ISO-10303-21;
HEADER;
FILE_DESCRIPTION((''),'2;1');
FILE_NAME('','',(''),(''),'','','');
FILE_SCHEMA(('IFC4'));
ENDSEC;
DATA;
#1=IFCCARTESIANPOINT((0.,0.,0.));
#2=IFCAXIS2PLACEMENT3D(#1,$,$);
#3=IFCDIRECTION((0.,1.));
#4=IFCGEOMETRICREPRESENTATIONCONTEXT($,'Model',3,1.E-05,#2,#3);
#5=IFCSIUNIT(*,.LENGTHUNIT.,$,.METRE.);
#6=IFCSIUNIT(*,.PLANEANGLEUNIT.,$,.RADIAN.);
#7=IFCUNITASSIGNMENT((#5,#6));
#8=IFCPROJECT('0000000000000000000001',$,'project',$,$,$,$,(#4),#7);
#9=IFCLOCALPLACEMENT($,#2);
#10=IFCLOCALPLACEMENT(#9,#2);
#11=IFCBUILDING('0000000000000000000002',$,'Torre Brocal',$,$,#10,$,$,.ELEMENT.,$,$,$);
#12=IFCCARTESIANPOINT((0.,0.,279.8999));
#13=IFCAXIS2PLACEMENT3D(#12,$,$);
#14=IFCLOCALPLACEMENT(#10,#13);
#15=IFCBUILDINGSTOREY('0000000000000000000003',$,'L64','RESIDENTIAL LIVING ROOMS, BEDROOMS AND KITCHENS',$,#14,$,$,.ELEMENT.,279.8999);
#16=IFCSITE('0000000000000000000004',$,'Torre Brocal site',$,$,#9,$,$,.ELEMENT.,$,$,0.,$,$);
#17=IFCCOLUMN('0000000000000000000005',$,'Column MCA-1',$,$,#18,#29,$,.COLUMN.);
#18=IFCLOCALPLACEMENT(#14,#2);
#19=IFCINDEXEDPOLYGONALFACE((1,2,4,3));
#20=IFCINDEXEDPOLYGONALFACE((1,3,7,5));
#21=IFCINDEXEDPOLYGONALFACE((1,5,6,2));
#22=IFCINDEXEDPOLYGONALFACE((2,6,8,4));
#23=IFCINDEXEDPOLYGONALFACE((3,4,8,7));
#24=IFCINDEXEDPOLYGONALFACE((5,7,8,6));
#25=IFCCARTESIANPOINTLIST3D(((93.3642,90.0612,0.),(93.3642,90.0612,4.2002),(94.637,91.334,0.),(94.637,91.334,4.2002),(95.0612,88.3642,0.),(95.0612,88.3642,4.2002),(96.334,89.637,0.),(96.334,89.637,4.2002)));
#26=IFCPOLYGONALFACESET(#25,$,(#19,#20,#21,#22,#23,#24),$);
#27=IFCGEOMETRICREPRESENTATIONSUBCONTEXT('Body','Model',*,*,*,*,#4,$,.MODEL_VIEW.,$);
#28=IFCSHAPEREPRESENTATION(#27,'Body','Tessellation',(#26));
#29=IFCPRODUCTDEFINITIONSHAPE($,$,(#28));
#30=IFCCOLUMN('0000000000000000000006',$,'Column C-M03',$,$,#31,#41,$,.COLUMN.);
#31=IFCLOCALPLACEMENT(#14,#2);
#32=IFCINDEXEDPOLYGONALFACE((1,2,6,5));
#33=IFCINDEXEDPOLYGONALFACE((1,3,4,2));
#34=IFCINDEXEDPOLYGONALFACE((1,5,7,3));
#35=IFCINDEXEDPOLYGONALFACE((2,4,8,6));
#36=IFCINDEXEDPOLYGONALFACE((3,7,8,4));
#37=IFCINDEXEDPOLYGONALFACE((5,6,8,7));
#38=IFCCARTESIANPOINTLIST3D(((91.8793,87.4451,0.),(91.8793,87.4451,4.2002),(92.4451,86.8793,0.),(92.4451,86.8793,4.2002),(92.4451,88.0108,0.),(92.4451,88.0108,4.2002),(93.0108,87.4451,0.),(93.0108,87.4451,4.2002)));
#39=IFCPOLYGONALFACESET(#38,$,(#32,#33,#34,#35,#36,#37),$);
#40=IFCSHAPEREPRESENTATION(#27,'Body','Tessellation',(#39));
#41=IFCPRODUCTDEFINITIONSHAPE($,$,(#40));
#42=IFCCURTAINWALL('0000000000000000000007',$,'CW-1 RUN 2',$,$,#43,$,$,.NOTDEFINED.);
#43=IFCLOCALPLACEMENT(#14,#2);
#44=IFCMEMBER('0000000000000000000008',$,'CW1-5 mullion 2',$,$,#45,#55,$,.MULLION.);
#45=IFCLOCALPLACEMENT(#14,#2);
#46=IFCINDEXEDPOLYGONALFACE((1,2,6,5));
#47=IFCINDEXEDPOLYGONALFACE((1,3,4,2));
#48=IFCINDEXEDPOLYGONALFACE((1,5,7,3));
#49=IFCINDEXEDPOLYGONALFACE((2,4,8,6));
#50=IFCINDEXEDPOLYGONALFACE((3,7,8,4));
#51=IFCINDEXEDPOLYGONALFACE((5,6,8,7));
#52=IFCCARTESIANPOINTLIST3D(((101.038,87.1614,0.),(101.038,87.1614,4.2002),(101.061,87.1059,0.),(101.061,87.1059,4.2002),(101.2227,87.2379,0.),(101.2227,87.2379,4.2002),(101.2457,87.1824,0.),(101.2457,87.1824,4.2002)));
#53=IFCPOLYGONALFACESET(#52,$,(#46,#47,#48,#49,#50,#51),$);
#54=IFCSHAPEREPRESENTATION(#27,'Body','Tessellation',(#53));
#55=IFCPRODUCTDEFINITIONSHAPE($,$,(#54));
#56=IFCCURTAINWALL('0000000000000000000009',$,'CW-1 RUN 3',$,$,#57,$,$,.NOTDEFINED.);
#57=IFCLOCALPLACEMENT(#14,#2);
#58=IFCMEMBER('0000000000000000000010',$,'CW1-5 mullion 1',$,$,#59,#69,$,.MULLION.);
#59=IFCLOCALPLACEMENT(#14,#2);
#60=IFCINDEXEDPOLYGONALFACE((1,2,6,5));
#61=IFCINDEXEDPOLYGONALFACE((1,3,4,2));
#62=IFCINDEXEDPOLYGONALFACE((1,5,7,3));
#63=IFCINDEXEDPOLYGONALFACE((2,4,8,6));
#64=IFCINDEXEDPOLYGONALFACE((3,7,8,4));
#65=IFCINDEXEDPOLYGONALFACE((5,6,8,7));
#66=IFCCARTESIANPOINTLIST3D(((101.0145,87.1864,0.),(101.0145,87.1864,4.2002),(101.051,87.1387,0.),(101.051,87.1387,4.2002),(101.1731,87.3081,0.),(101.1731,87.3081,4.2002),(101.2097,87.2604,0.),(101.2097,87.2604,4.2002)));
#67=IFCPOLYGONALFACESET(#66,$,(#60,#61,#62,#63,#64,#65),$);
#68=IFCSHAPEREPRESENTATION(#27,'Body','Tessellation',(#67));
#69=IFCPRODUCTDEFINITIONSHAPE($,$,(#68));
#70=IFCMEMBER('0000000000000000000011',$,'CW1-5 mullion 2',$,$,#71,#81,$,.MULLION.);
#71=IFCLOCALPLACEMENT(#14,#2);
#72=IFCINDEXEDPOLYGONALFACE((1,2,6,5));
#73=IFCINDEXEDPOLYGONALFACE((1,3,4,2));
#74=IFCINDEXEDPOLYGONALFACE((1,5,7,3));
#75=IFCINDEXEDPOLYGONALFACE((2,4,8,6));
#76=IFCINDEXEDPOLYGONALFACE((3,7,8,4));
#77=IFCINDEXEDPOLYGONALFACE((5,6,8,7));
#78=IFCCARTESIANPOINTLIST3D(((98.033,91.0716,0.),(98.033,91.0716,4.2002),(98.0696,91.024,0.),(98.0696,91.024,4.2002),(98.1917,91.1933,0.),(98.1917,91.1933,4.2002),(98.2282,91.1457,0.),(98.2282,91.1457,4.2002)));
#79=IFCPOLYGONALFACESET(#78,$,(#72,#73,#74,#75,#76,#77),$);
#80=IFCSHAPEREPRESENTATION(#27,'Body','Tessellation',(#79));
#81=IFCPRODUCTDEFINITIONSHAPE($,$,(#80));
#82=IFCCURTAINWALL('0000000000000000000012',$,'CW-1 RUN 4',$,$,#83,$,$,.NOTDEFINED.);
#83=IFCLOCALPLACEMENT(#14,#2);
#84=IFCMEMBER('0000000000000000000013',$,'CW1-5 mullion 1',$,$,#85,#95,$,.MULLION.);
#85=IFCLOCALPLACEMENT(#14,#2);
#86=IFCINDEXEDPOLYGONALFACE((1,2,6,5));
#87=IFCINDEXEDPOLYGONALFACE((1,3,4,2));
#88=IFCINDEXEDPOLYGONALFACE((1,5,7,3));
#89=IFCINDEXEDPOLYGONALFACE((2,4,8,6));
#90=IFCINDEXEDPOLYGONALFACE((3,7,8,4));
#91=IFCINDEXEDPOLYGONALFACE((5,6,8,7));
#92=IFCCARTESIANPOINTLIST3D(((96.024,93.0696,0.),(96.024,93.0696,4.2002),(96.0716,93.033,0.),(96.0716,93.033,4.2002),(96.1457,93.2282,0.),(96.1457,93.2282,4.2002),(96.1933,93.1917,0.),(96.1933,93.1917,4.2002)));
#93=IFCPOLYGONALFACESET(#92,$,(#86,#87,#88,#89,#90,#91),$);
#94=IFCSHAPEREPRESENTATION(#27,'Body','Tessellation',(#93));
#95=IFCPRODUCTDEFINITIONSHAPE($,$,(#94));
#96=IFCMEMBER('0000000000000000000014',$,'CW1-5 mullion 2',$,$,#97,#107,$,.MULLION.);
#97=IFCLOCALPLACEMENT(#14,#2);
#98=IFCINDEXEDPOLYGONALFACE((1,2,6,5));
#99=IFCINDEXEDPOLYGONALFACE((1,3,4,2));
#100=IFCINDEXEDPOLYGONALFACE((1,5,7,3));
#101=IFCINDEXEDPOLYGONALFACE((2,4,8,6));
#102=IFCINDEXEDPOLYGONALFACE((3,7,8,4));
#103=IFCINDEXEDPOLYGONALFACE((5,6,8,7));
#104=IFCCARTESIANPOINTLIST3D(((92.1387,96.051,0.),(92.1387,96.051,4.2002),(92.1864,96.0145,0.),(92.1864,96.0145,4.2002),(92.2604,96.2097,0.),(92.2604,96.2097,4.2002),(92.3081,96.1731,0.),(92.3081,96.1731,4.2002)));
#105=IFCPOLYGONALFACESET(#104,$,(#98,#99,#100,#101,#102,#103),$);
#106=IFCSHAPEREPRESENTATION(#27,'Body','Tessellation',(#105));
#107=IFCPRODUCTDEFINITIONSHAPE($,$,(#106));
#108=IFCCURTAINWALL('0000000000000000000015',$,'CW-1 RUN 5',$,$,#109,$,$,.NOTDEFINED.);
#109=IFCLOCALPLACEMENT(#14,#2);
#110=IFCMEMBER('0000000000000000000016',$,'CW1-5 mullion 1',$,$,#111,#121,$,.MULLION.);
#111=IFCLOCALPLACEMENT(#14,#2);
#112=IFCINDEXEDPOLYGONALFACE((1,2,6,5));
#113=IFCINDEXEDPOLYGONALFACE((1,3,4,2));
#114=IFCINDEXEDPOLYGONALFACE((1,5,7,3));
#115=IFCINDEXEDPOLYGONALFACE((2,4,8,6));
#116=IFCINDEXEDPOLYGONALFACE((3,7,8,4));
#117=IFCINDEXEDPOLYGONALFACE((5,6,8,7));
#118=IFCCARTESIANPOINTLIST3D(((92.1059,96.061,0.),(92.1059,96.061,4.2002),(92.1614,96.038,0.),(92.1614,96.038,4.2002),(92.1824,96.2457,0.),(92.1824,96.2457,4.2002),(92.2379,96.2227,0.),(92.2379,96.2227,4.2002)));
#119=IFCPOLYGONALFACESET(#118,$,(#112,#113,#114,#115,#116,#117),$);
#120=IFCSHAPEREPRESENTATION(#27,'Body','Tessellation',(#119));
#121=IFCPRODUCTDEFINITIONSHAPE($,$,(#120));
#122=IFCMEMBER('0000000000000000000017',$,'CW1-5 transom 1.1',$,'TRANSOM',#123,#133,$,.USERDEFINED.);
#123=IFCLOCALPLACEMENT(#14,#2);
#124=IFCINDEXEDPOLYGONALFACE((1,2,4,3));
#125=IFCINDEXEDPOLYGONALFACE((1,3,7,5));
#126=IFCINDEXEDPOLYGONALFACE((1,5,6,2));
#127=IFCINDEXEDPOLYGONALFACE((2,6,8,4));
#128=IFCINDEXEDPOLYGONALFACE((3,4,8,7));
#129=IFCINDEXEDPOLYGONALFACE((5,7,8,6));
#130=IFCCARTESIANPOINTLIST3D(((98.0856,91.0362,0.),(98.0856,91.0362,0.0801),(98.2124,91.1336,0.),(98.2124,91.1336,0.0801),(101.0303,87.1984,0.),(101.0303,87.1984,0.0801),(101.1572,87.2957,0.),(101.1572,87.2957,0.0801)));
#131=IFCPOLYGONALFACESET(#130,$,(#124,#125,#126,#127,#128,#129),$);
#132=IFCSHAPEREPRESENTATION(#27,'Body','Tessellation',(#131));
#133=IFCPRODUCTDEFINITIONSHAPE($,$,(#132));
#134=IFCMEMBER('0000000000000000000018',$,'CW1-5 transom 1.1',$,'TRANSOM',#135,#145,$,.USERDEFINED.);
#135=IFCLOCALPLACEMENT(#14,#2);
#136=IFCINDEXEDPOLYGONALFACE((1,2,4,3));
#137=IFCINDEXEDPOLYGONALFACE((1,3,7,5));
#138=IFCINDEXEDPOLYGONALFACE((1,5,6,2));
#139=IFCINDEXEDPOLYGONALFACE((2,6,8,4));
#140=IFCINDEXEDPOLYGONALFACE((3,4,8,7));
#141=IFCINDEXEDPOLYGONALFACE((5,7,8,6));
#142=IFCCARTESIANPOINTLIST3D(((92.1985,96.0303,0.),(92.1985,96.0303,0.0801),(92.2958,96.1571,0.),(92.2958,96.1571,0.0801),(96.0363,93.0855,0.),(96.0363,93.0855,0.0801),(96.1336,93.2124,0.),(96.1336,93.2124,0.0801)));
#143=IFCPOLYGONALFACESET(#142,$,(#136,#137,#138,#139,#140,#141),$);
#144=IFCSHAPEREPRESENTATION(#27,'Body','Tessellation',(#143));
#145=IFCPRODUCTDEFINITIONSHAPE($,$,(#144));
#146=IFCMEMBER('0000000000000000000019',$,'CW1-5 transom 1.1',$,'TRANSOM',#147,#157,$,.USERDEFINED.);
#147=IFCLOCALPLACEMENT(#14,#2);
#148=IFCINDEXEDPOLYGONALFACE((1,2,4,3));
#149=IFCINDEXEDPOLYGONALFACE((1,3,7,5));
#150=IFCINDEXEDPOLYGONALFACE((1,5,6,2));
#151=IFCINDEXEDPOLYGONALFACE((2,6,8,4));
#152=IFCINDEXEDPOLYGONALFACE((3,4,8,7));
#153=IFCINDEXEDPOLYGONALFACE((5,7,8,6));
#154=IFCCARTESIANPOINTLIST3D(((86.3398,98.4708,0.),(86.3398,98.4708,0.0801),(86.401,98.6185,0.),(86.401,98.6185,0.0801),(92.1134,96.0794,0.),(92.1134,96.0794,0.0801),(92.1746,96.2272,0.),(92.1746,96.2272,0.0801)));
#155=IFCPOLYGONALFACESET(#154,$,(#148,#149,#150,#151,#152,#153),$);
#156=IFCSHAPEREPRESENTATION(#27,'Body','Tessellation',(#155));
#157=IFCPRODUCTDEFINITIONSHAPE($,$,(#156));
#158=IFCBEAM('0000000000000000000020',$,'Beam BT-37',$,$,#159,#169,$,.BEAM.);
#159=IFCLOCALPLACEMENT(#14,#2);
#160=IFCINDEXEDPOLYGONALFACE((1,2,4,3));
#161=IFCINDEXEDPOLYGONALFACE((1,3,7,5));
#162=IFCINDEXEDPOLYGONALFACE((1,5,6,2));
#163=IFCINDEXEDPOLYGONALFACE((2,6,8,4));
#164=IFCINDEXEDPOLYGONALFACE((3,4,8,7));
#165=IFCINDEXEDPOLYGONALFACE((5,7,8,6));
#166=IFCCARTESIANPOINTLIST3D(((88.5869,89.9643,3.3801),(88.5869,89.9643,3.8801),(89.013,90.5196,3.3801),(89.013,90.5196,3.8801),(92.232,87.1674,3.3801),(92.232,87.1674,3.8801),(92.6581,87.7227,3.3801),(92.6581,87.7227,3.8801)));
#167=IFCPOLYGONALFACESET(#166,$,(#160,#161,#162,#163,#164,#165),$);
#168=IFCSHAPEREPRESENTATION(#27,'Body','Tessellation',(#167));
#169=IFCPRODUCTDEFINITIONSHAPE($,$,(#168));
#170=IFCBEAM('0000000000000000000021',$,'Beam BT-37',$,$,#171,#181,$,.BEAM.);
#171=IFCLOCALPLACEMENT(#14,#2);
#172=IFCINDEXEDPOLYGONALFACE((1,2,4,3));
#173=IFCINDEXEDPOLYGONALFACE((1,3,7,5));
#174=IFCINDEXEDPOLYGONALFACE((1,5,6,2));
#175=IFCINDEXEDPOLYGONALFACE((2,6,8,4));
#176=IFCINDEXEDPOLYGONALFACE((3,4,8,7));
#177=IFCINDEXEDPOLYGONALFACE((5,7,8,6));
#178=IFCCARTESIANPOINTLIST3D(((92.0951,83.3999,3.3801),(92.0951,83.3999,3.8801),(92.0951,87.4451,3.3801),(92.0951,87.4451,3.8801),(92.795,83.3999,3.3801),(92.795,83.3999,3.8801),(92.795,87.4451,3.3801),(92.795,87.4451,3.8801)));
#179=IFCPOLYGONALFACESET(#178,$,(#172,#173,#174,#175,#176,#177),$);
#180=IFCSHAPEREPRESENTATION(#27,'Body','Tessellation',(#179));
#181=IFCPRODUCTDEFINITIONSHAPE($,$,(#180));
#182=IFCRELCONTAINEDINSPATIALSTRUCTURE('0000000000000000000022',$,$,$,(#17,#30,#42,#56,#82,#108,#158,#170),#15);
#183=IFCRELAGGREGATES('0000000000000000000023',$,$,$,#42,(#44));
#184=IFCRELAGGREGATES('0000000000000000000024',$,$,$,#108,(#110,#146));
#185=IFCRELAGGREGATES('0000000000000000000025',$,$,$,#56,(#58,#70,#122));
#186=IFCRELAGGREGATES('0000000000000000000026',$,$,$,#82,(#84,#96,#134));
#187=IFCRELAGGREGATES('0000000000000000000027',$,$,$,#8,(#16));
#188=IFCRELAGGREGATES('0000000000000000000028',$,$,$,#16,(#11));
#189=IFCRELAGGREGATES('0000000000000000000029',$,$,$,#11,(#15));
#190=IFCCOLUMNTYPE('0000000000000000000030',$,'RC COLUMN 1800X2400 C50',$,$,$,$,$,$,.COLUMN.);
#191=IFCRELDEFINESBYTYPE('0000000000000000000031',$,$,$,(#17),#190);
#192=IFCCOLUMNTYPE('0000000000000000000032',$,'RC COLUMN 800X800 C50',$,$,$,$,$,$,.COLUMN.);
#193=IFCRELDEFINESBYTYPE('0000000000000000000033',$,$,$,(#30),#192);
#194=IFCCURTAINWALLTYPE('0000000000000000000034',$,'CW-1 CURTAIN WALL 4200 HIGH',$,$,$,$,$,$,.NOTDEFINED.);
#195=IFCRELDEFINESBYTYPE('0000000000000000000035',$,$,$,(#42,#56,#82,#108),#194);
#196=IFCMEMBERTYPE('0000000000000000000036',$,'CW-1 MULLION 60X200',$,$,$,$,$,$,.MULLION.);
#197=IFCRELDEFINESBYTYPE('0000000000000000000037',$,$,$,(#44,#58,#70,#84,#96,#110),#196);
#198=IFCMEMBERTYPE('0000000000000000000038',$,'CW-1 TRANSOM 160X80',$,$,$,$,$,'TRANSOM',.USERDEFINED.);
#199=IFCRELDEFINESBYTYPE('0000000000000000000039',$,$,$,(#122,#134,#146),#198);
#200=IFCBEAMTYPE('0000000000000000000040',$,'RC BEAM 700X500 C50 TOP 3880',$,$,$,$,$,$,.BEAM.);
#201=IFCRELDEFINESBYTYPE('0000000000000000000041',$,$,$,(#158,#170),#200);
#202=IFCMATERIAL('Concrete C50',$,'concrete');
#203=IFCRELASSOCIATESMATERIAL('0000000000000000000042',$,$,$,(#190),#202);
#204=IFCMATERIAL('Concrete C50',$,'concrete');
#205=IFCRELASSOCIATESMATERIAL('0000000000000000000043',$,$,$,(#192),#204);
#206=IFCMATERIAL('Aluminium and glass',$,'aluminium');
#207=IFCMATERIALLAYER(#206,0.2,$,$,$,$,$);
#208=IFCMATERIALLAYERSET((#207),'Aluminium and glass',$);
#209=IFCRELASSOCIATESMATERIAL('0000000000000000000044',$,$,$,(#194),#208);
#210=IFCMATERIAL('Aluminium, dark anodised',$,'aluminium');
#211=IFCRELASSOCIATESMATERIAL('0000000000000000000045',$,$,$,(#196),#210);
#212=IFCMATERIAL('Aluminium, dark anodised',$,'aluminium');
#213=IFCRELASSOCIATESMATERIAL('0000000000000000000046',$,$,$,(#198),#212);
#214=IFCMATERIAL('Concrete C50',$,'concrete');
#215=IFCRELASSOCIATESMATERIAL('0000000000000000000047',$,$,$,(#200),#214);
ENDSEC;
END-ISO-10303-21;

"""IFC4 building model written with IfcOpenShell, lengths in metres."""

from ifc_helpers import new_model, si_unit, direction, frame, origin, origin_2d, place, context, subcontext, project, spatial, rectangle, extrude, material, layer, layer_set, material_profile, profile_set, type_object, element, aggregate, save


model = new_model("IFC4")

# Units and contexts
model_context = context("Model", 3, precision=1e-05, world=origin(), true_north=direction((0.0, 1.0)))
body_context = subcontext(model_context, "Body", "Model", "MODEL_VIEW")
ifc_project = project(units=[si_unit("LENGTHUNIT", "METRE"), si_unit("PLANEANGLEUNIT", "RADIAN")], contexts=[model_context])

# Site, building, storey
site_placement = place(None, origin())
site = spatial("IfcSite", under=ifc_project, at=site_placement, Name="Torre Brocal site", CompositionType="ELEMENT", RefElevation=0.0)
building_placement = place(site_placement, origin())
building = spatial("IfcBuilding", under=site, at=building_placement, Name="Torre Brocal", CompositionType="ELEMENT")
storey_placement = place(building_placement, frame((0.0, 0.0, 279.8999)))
storey = spatial("IfcBuildingStorey", under=building, at=storey_placement, Name="L64", Description="RESIDENTIAL LIVING ROOMS, BEDROOMS AND KITCHENS", CompositionType="ELEMENT", Elevation=279.8999)

# Columns
ifc_material_1 = material(Name="Concrete C50", Category="concrete")
ifc_material_profile_1 = material_profile(ifc_material_1, rectangle(XDim=1.8, YDim=2.3999, at=origin_2d()), Name="RC 1800X2400")
ifc_profile_set_1 = profile_set([ifc_material_profile_1], Name="Concrete C50")
column_type_1 = type_object("IfcColumnType", Name="RC COLUMN 1800X2400 C50", PredefinedType="COLUMN", material=ifc_profile_set_1)
column_1_placement = place(storey_placement, frame((94.8491, 89.8491, 0.0), z_axis=(0.0, 0.0, 1.0), x_axis=(0.707107, 0.707107, 0.0)))
element("IfcColumn", 1, at=column_1_placement, inside=storey, type_object=column_type_1, Name="Column MCA-1", PredefinedType="COLUMN", context=body_context, shape_type="SweptSolid", body=[
    extrude(rectangle(XDim=1.8, YDim=2.3999, at=origin_2d()), origin(), (0.0, 0.0, 1.0), 4.2002),
])
ifc_material_2 = material(Name="Concrete C50", Category="concrete")
ifc_material_profile_2 = material_profile(ifc_material_2, rectangle(XDim=0.8, YDim=0.8, at=origin_2d()), Name="RC 800X800")
ifc_profile_set_2 = profile_set([ifc_material_profile_2], Name="Concrete C50")
column_type_2 = type_object("IfcColumnType", Name="RC COLUMN 800X800 C50", PredefinedType="COLUMN", material=ifc_profile_set_2)
column_2_placement = place(storey_placement, frame((92.4451, 87.4451, 0.0), z_axis=(0.0, 0.0, 1.0), x_axis=(0.707107, 0.707107, 0.0)))
element("IfcColumn", 2, at=column_2_placement, inside=storey, type_object=column_type_2, Name="Column C-M03", PredefinedType="COLUMN", context=body_context, shape_type="SweptSolid", body=[
    extrude(rectangle(XDim=0.8, YDim=0.8, at=origin_2d()), origin(), (0.0, 0.0, 1.0), 4.2002),
])

# Curtain wall, member
ifc_material_3 = material(Name="Aluminium and glass", Category="aluminium")
ifc_layer_1 = layer(ifc_material_3, 0.2)
ifc_layer_set_1 = layer_set([ifc_layer_1], Name="Aluminium and glass")
curtain_wall_type = type_object("IfcCurtainWallType", Name="CW-1 CURTAIN WALL 4200 HIGH", PredefinedType="NOTDEFINED", material=ifc_layer_set_1)
curtain_wall_1_placement = place(storey_placement, origin())
curtain_wall_1 = element("IfcCurtainWall", 3, at=curtain_wall_1_placement, inside=storey, type_object=curtain_wall_type, Name="CW-1 RUN 2", PredefinedType="NOTDEFINED")
ifc_material_4 = material(Name="Aluminium, dark anodised", Category="aluminium")
ifc_material_profile_3 = material_profile(ifc_material_4, rectangle(XDim=0.2, YDim=0.0601, at=origin_2d()), Name="CW-1 MULLION 60X200")
ifc_profile_set_3 = profile_set([ifc_material_profile_3], Name="Aluminium, dark anodised")
member_type_1 = type_object("IfcMemberType", Name="CW-1 MULLION 60X200", PredefinedType="MULLION", material=ifc_profile_set_3)
member_1_placement = place(storey_placement, frame((101.1418, 87.1719, 0.0), z_axis=(0.0, 0.0, 1.0), x_axis=(-0.92388, -0.382683, 0.0)))
member_1 = element("IfcMember", 4, at=member_1_placement, type_object=member_type_1, Name="CW1-5 mullion 2", PredefinedType="MULLION", context=body_context, shape_type="SweptSolid", body=[
    extrude(rectangle(XDim=0.2, YDim=0.0601, at=origin_2d()), origin(), (0.0, 0.0, 1.0), 4.2002),
])
aggregate(curtain_wall_1, [member_1])

# Curtain walls, members
curtain_wall_2_placement = place(storey_placement, origin())
curtain_wall_2 = element("IfcCurtainWall", 5, at=curtain_wall_2_placement, inside=storey, type_object=curtain_wall_type, Name="CW-1 RUN 3", PredefinedType="NOTDEFINED")
member_2_placement = place(storey_placement, frame((101.1121, 87.2234, 0.0), z_axis=(0.0, 0.0, 1.0), x_axis=(-0.793353, -0.608761, 0.0)))
member_2 = element("IfcMember", 6, at=member_2_placement, type_object=member_type_1, Name="CW1-5 mullion 1", PredefinedType="MULLION", context=body_context, shape_type="SweptSolid", body=[
    extrude(rectangle(XDim=0.2, YDim=0.0601, at=origin_2d()), origin(), (0.0, 0.0, 1.0), 4.2002),
])
member_3_placement = place(storey_placement, frame((98.1306, 91.1086, 0.0), z_axis=(0.0, 0.0, 1.0), x_axis=(-0.793353, -0.608761, 0.0)))
member_3 = element("IfcMember", 7, at=member_3_placement, type_object=member_type_1, Name="CW1-5 mullion 2", PredefinedType="MULLION", context=body_context, shape_type="SweptSolid", body=[
    extrude(rectangle(XDim=0.2, YDim=0.0601, at=origin_2d()), origin(), (0.0, 0.0, 1.0), 4.2002),
])
curtain_wall_3_placement = place(storey_placement, origin())
curtain_wall_3 = element("IfcCurtainWall", 8, at=curtain_wall_3_placement, inside=storey, type_object=curtain_wall_type, Name="CW-1 RUN 4", PredefinedType="NOTDEFINED")
member_4_placement = place(storey_placement, frame((96.1086, 93.1306, 0.0), z_axis=(0.0, 0.0, 1.0), x_axis=(-0.608761, -0.793353, 0.0)))
member_4 = element("IfcMember", 9, at=member_4_placement, type_object=member_type_1, Name="CW1-5 mullion 1", PredefinedType="MULLION", context=body_context, shape_type="SweptSolid", body=[
    extrude(rectangle(XDim=0.2, YDim=0.0601, at=origin_2d()), origin(), (0.0, 0.0, 1.0), 4.2002),
])
member_5_placement = place(storey_placement, frame((92.2234, 96.1121, 0.0), z_axis=(0.0, 0.0, 1.0), x_axis=(-0.608761, -0.793353, 0.0)))
member_5 = element("IfcMember", 10, at=member_5_placement, type_object=member_type_1, Name="CW1-5 mullion 2", PredefinedType="MULLION", context=body_context, shape_type="SweptSolid", body=[
    extrude(rectangle(XDim=0.2, YDim=0.0601, at=origin_2d()), origin(), (0.0, 0.0, 1.0), 4.2002),
])

# Curtain wall, member
curtain_wall_4_placement = place(storey_placement, origin())
curtain_wall_4 = element("IfcCurtainWall", 11, at=curtain_wall_4_placement, inside=storey, type_object=curtain_wall_type, Name="CW-1 RUN 5", PredefinedType="NOTDEFINED")
member_6_placement = place(storey_placement, frame((92.1719, 96.1418, 0.0), z_axis=(0.0, 0.0, 1.0), x_axis=(-0.382683, -0.92388, 0.0)))
member_6 = element("IfcMember", 12, at=member_6_placement, type_object=member_type_1, Name="CW1-5 mullion 1", PredefinedType="MULLION", context=body_context, shape_type="SweptSolid", body=[
    extrude(rectangle(XDim=0.2, YDim=0.0601, at=origin_2d()), origin(), (0.0, 0.0, 1.0), 4.2002),
])

# Members
ifc_material_5 = material(Name="Aluminium, dark anodised", Category="aluminium")
ifc_material_profile_4 = material_profile(ifc_material_5, rectangle(XDim=0.1599, YDim=0.0801, at=origin_2d()), Name="CW-1 TRANSOM 160X80")
ifc_profile_set_4 = profile_set([ifc_material_profile_4], Name="Aluminium, dark anodised")
member_type_2 = type_object("IfcMemberType", Name="CW-1 TRANSOM 160X80", ElementType="TRANSOM", PredefinedType="USERDEFINED", material=ifc_profile_set_4)
member_7_placement = place(storey_placement, frame((101.0938, 87.2471, 0.04), z_axis=(-0.608749, 0.793363, 0.0), x_axis=(-0.793363, -0.608749, 0.0)))
member_7 = element("IfcMember", 13, at=member_7_placement, type_object=member_type_2, Name="CW1-5 transom 1.1", ObjectType="TRANSOM", PredefinedType="USERDEFINED", context=body_context, shape_type="SweptSolid", body=[
    extrude(rectangle(XDim=0.1599, YDim=0.0801, at=origin_2d()), origin(), (0.0, 0.0, 1.0), 4.8374),
])
member_8_placement = place(storey_placement, frame((96.085, 93.1489, 0.04), z_axis=(-0.793363, 0.608749, 0.0), x_axis=(-0.608749, -0.793363, 0.0)))
member_8 = element("IfcMember", 14, at=member_8_placement, type_object=member_type_2, Name="CW1-5 transom 1.1", ObjectType="TRANSOM", PredefinedType="USERDEFINED", context=body_context, shape_type="SweptSolid", body=[
    extrude(rectangle(XDim=0.1599, YDim=0.0801, at=origin_2d()), origin(), (0.0, 0.0, 1.0), 4.8374),
])
member_9_placement = place(storey_placement, frame((92.144, 96.1533, 0.04), z_axis=(-0.92389, 0.382659, 0.0), x_axis=(-0.382659, -0.92389, 0.0)))
member_9 = element("IfcMember", 15, at=member_9_placement, type_object=member_type_2, Name="CW1-5 transom 1.1", ObjectType="TRANSOM", PredefinedType="USERDEFINED", context=body_context, shape_type="SweptSolid", body=[
    extrude(rectangle(XDim=0.1599, YDim=0.0801, at=origin_2d()), origin(), (0.0, 0.0, 1.0), 6.2493),
])
aggregate(curtain_wall_4, [member_6, member_9])

# Beams
ifc_material_6 = material(Name="Concrete C50", Category="concrete")
ifc_material_profile_5 = material_profile(ifc_material_6, rectangle(XDim=0.7, YDim=0.5, at=origin_2d()), Name="RC 700X500")
ifc_profile_set_5 = profile_set([ifc_material_profile_5], Name="Concrete C50")
beam_type_1 = type_object("IfcBeamType", Name="RC BEAM 700X500 C50 TOP 3880", PredefinedType="BEAM", material=ifc_profile_set_5)
beam_1_placement = place(storey_placement, frame((92.4451, 87.4451, 3.6301), z_axis=(-0.793358, 0.608755, 0.0), x_axis=(-0.608755, -0.793358, 0.0)))
element("IfcBeam", 16, at=beam_1_placement, inside=storey, type_object=beam_type_1, Name="Beam BT-37", PredefinedType="BEAM", context=body_context, shape_type="SweptSolid", body=[
    extrude(rectangle(XDim=0.7, YDim=0.5, at=origin_2d()), origin(), (0.0, 0.0, 1.0), 4.5945),
])
beam_2_placement = place(storey_placement, frame((92.4451, 87.4451, 3.6301), z_axis=(0.0, -1.0, 0.0), x_axis=(1.0, 0.0, 0.0)))
element("IfcBeam", 17, at=beam_2_placement, inside=storey, type_object=beam_type_1, Name="Beam BT-37", PredefinedType="BEAM", context=body_context, shape_type="SweptSolid", body=[
    extrude(rectangle(XDim=0.7, YDim=0.5, at=origin_2d()), origin(), (0.0, 0.0, 1.0), 4.0452),
])

aggregate(curtain_wall_2, [member_2, member_3, member_7])
aggregate(curtain_wall_3, [member_4, member_5, member_8])

save(model, "model.ifc")
